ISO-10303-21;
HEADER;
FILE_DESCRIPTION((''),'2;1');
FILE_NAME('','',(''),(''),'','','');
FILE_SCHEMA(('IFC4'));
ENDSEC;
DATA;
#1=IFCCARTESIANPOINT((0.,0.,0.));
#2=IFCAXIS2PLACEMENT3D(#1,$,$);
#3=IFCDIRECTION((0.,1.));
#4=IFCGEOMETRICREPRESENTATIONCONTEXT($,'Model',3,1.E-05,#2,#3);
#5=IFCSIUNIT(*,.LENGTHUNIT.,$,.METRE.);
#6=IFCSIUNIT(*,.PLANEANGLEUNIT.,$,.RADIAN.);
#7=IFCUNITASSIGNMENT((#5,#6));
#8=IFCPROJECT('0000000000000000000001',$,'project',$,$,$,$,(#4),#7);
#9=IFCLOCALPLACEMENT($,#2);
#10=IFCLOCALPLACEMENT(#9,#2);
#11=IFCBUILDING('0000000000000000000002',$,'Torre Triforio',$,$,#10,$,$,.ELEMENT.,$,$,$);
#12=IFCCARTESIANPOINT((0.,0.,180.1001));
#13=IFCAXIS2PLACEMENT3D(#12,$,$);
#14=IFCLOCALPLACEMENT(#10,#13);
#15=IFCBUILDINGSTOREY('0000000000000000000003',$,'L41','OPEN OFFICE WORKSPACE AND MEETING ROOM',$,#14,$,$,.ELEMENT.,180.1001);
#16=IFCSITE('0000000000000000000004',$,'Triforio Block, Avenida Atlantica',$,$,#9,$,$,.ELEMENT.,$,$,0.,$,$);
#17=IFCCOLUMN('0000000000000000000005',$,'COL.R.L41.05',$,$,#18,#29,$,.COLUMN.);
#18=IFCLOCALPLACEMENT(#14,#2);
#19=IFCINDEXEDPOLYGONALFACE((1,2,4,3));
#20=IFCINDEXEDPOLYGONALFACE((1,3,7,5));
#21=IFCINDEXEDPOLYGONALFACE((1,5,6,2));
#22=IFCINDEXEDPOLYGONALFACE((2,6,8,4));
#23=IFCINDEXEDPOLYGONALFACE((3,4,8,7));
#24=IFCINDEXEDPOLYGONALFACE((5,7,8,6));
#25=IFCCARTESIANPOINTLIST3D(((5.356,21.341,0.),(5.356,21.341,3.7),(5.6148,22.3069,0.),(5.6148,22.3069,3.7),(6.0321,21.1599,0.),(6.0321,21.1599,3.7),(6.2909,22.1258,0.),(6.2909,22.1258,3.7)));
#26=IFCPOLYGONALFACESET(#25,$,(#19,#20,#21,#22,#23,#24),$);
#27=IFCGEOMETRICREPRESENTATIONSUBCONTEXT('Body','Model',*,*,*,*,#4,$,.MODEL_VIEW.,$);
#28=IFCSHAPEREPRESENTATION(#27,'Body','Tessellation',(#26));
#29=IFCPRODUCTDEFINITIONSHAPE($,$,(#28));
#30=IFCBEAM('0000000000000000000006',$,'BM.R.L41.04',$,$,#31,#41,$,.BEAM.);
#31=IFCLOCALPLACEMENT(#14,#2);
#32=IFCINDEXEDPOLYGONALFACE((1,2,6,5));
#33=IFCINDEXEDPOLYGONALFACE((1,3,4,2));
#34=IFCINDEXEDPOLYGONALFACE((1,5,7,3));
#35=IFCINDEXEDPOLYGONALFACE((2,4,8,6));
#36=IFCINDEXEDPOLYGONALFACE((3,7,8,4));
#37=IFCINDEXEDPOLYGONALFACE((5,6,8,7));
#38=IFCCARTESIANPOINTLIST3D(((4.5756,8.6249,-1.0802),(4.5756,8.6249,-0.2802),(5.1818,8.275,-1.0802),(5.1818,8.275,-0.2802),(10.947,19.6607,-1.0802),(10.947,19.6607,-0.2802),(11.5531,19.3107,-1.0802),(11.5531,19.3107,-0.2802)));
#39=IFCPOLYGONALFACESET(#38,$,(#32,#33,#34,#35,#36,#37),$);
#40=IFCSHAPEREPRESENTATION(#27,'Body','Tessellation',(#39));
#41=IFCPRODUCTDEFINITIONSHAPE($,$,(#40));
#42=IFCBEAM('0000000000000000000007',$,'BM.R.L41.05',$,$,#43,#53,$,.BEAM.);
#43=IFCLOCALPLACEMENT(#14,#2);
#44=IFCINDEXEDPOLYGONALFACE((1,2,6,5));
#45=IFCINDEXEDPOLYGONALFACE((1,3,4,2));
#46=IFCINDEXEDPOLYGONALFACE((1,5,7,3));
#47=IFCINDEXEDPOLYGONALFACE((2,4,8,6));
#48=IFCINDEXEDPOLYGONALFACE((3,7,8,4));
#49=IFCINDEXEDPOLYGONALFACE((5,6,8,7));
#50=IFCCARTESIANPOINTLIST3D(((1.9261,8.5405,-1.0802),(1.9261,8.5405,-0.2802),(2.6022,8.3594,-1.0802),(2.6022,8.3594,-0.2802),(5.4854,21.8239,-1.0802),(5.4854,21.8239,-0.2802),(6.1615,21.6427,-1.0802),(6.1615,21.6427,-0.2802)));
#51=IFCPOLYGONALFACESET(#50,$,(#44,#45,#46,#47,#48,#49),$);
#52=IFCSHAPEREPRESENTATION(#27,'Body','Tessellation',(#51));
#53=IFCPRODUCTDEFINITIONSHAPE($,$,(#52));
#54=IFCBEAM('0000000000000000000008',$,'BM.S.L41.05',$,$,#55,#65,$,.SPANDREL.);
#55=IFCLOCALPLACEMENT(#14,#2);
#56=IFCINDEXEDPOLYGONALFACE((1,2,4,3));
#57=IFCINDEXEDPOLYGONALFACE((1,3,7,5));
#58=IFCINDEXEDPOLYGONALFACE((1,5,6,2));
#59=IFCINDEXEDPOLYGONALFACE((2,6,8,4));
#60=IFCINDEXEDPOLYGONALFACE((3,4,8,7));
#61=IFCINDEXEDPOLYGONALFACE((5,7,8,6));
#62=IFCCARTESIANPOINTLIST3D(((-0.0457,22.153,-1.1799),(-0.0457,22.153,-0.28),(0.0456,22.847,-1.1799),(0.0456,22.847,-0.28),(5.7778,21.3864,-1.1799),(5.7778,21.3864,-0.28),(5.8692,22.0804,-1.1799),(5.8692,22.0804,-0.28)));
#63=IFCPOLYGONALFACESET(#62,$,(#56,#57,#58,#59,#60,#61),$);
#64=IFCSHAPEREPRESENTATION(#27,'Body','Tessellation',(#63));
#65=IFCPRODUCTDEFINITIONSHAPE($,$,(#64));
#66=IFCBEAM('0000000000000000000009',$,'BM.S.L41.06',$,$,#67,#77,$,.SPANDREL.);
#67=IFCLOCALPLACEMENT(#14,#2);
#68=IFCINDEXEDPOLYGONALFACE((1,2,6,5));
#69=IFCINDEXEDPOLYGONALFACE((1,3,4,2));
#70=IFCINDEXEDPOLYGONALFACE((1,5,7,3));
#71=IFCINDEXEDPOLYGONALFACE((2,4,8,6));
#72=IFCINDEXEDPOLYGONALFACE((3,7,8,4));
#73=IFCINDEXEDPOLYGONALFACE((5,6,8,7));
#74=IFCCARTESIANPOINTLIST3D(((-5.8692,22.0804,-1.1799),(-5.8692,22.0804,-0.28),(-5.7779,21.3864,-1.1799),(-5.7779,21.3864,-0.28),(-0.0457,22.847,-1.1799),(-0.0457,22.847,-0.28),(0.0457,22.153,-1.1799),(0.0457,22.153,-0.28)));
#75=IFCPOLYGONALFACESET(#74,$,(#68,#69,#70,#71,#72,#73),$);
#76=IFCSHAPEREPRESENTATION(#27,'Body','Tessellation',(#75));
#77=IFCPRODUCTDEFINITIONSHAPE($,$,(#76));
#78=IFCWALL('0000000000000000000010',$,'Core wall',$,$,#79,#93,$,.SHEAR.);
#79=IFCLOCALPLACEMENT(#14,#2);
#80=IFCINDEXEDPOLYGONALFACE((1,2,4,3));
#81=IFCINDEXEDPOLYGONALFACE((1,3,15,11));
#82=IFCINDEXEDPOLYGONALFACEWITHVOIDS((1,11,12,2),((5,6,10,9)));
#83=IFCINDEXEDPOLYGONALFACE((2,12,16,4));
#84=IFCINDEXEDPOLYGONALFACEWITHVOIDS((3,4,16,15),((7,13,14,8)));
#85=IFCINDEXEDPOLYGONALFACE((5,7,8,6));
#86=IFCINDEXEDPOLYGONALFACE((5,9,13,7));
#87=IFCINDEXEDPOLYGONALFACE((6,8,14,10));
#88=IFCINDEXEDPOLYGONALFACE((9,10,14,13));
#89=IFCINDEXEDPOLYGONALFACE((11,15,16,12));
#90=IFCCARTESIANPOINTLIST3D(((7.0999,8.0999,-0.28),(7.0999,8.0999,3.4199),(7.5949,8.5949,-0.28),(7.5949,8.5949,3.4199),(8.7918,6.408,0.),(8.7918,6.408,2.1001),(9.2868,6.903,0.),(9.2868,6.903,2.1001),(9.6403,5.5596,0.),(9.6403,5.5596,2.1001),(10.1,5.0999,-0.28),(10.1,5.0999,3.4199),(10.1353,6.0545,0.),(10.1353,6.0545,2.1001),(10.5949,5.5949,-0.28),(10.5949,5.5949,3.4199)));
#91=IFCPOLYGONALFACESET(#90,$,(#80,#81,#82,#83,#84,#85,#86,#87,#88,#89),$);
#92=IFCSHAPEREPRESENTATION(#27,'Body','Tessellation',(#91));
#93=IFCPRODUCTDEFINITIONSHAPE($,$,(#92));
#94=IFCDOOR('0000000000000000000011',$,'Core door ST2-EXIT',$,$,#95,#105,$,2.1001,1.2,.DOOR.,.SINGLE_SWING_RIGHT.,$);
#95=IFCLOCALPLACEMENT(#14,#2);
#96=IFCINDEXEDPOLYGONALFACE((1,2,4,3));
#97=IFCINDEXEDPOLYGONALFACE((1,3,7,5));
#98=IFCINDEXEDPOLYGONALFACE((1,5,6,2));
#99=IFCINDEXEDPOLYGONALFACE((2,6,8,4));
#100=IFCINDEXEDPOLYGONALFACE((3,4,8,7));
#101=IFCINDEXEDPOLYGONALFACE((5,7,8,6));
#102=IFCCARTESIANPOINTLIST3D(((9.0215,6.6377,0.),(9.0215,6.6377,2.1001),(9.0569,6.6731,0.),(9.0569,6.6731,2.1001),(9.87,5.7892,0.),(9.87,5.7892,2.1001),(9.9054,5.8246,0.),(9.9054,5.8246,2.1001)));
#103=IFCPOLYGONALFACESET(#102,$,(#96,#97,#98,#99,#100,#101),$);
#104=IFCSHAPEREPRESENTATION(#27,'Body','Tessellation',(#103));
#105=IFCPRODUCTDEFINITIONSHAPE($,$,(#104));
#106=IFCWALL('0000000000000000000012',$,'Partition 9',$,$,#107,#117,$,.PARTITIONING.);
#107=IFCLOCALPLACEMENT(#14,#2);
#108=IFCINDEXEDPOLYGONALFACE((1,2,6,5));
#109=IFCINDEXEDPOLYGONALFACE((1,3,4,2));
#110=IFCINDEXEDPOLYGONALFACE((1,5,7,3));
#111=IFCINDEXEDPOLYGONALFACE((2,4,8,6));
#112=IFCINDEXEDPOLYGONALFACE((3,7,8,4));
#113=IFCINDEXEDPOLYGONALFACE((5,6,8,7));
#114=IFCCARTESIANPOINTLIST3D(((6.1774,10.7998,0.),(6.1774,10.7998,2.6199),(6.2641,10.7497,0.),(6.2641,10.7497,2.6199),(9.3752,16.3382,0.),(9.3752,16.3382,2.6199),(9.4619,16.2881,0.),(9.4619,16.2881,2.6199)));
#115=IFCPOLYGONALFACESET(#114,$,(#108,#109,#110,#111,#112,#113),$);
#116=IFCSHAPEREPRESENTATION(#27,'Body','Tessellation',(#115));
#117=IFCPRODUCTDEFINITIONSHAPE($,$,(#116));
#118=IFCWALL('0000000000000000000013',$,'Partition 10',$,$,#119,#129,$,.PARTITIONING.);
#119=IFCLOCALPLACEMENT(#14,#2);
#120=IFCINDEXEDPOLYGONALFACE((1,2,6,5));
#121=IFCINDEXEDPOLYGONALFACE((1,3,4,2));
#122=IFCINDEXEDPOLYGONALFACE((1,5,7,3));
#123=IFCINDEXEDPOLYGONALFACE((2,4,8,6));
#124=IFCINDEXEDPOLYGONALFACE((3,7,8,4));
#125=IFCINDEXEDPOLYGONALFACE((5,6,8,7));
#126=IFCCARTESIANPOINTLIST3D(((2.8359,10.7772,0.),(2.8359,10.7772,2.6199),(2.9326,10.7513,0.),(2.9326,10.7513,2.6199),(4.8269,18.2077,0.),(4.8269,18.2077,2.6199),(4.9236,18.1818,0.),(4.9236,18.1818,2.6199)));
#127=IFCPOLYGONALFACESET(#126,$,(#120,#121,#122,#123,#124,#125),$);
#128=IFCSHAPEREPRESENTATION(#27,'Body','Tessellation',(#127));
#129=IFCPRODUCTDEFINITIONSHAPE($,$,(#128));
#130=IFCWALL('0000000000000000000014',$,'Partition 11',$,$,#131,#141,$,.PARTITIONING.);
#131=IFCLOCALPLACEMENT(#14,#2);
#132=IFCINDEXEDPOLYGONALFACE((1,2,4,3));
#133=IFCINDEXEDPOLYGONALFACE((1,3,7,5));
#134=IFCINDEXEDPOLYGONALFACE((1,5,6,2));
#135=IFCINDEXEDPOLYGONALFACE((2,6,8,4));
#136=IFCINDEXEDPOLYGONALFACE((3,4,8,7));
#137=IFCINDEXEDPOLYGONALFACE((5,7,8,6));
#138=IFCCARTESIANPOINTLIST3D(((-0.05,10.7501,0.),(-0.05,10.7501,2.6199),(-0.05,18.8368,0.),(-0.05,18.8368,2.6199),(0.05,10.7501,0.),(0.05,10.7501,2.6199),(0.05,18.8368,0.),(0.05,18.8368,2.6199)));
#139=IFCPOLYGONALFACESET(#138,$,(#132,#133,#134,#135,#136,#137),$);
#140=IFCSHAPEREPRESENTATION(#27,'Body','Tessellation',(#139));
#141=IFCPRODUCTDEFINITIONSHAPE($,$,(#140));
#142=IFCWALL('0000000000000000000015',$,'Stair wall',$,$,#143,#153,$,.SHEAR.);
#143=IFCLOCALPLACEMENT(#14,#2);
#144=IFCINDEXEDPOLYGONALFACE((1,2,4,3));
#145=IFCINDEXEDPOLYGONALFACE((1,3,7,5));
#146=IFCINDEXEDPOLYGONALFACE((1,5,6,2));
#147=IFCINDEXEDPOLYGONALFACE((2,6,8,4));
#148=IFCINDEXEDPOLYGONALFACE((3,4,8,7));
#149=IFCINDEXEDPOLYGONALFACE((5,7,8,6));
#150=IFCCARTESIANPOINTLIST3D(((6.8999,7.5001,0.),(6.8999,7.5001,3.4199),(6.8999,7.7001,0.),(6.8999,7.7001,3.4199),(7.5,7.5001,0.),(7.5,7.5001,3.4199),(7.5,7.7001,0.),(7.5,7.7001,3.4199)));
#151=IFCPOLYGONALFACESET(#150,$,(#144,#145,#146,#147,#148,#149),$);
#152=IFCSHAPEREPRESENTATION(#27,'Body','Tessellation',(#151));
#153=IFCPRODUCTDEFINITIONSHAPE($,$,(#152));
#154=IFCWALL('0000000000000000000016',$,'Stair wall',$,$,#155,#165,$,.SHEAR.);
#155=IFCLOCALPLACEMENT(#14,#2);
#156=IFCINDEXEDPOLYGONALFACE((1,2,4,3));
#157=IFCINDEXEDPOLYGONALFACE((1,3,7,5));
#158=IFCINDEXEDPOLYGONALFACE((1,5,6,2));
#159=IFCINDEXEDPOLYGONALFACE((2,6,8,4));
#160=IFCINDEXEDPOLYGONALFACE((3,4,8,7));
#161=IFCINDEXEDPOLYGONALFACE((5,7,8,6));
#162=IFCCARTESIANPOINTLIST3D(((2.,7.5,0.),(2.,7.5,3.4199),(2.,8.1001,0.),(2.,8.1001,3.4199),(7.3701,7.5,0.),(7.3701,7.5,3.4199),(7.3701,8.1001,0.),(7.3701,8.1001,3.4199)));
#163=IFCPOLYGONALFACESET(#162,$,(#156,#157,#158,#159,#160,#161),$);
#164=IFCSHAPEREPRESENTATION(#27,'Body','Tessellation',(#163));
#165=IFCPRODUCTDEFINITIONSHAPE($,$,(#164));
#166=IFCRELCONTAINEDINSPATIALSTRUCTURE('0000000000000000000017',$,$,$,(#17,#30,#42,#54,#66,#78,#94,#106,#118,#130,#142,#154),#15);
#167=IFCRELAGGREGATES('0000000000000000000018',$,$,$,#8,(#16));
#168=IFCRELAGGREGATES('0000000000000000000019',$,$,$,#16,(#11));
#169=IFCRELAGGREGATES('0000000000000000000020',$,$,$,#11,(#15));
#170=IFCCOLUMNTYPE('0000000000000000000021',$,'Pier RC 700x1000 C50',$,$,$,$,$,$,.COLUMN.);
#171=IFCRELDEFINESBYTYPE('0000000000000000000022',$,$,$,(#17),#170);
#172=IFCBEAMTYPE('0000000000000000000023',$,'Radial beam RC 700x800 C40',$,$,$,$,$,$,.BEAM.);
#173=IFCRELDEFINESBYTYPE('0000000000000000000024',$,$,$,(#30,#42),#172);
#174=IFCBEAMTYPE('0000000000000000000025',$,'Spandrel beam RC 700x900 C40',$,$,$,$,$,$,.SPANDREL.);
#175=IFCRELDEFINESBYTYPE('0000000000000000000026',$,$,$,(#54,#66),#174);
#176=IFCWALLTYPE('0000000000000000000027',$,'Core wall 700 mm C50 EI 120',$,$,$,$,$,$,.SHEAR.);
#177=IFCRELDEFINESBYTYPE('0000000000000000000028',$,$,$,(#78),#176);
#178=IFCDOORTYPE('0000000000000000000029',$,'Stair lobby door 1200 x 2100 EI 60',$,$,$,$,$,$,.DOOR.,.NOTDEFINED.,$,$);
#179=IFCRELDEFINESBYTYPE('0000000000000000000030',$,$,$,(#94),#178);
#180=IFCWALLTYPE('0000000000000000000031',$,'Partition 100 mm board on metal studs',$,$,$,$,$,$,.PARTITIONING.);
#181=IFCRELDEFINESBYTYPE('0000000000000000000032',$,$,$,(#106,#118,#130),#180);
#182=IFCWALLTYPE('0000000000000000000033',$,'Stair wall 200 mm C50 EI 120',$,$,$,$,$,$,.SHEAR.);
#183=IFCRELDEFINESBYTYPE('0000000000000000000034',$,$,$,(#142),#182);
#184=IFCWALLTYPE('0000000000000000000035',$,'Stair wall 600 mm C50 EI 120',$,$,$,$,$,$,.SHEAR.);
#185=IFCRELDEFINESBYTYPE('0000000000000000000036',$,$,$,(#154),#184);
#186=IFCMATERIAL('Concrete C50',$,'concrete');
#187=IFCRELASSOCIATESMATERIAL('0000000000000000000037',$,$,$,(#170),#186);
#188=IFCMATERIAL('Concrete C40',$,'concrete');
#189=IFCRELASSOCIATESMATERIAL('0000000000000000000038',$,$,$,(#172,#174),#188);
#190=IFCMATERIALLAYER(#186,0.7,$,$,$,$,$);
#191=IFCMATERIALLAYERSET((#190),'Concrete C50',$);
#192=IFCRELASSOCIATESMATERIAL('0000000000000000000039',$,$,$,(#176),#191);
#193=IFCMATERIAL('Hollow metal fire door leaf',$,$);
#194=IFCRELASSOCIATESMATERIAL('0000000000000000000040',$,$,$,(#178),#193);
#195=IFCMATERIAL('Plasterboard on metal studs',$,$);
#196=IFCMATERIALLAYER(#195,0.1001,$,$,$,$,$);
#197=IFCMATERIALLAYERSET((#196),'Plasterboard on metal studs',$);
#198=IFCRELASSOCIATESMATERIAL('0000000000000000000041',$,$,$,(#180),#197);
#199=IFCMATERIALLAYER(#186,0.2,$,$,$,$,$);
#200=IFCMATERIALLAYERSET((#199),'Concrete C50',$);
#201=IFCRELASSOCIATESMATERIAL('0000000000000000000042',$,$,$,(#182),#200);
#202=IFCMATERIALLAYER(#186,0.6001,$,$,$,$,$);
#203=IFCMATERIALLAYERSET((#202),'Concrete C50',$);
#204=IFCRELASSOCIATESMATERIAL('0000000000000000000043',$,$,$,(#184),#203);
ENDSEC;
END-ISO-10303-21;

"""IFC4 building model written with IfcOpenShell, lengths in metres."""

from ifc_helpers import new_model, si_unit, direction, frame, frame_2d, origin, origin_2d, place, context, subcontext, project, spatial, rectangle, extrude, material, layer, layer_set, material_profile, profile_set, type_object, element, fill, save


model = new_model("IFC4")

# Units and contexts
model_context = context("Model", 3, precision=1e-05, world=origin(), true_north=direction((0.0, 1.0)))
body_context = subcontext(model_context, "Body", "Model", "MODEL_VIEW")
ifc_project = project(units=[si_unit("LENGTHUNIT", "METRE"), si_unit("PLANEANGLEUNIT", "RADIAN")], contexts=[model_context])

# Site, building, storey
site_placement = place(None, origin())
site = spatial("IfcSite", under=ifc_project, at=site_placement, Name="Triforio Block, Avenida Atlantica", CompositionType="ELEMENT", RefElevation=0.0)
building_placement = place(site_placement, origin())
building = spatial("IfcBuilding", under=site, at=building_placement, Name="Torre Triforio", CompositionType="ELEMENT")
storey_placement = place(building_placement, frame((0.0, 0.0, 180.1001)))
storey = spatial("IfcBuildingStorey", under=building, at=storey_placement, Name="L41", Description="OPEN OFFICE WORKSPACE AND MEETING ROOM", CompositionType="ELEMENT", Elevation=180.1001)

# Column
ifc_material_1 = material(Name="Concrete C50", Category="concrete")
ifc_material_profile_1 = material_profile(ifc_material_1, rectangle(XDim=0.7, YDim=1.0, at=origin_2d()), Name="RC 700x1000")
ifc_profile_set_1 = profile_set([ifc_material_profile_1], Name="Concrete C50")
column_type = type_object("IfcColumnType", Name="Pier RC 700x1000 C50", PredefinedType="COLUMN", material=ifc_profile_set_1)
column_placement = place(storey_placement, frame((5.8235, 21.7334, 0.0), z_axis=(0.0, 0.0, 1.0), x_axis=(-0.965926, 0.258819, 0.0)))
element("IfcColumn", 1, at=column_placement, inside=storey, type_object=column_type, Name="COL.R.L41.05", PredefinedType="COLUMN", context=body_context, shape_type="SweptSolid", body=[
    extrude(rectangle(XDim=0.7, YDim=1.0, at=origin_2d()), origin(), (0.0, 0.0, 1.0), 3.7),
])

# Beams
ifc_material_2 = material(Name="Concrete C40", Category="concrete")
ifc_material_profile_2 = material_profile(ifc_material_2, rectangle(XDim=0.7, YDim=0.8, at=origin_2d()), Name="RC 700x800")
ifc_profile_set_2 = profile_set([ifc_material_profile_2], Name="Concrete C40")
beam_type_1 = type_object("IfcBeamType", Name="Radial beam RC 700x800 C40", PredefinedType="BEAM", material=ifc_profile_set_2)
beam_1_placement = place(storey_placement, frame((4.8787, 8.45, -0.6802), z_axis=(0.499994, 0.866029, 0.0), x_axis=(-0.866029, 0.499994, 0.0)))
element("IfcBeam", 2, at=beam_1_placement, inside=storey, type_object=beam_type_1, Name="BM.R.L41.04", PredefinedType="BEAM", context=body_context, shape_type="SweptSolid", body=[
    extrude(rectangle(XDim=0.7, YDim=0.8, at=origin_2d()), origin(), (0.0, 0.0, 1.0), 12.7429),
])
beam_2_placement = place(storey_placement, frame((2.2642, 8.45, -0.6802), z_axis=(0.258822, 0.965925, 0.0), x_axis=(-0.965925, 0.258822, 0.0)))
element("IfcBeam", 3, at=beam_2_placement, inside=storey, type_object=beam_type_1, Name="BM.R.L41.05", PredefinedType="BEAM", context=body_context, shape_type="SweptSolid", body=[
    extrude(rectangle(XDim=0.7, YDim=0.8, at=origin_2d()), origin(), (0.0, 0.0, 1.0), 13.752),
])
ifc_material_profile_3 = material_profile(ifc_material_2, rectangle(XDim=0.7, YDim=0.8999, at=origin_2d()), Name="RC 700x900")
ifc_profile_set_3 = profile_set([ifc_material_profile_3], Name="Concrete C40")
beam_type_2 = type_object("IfcBeamType", Name="Spandrel beam RC 700x900 C40", PredefinedType="SPANDREL", material=ifc_profile_set_3)
for number, where, z_axis, x_axis, name in (
    (4, (5.8235, 21.7334, -0.73), (-0.991447, 0.130514, 0.0), (-0.130514, -0.991447, 0.0), "BM.S.L41.05"),
    (5, (0.0, 22.5, -0.73), (-0.991447, -0.130514, 0.0), (0.130514, -0.991447, 0.0), "BM.S.L41.06"),
):
    element("IfcBeam", number, at=place(storey_placement, frame(where, z_axis=z_axis, x_axis=x_axis)), inside=storey, type_object=beam_type_2, Name=name, PredefinedType="SPANDREL", context=body_context, shape_type="SweptSolid", body=[
        extrude(rectangle(XDim=0.7, YDim=0.8999, at=origin_2d()), origin(), (0.0, 0.0, 1.0), 5.8738),
    ])

# Wall, opening, door
ifc_layer_1 = layer(ifc_material_1, 0.7)
ifc_layer_set_1 = layer_set([ifc_layer_1], Name="Concrete C50")
wall_type_1 = type_object("IfcWallType", Name="Core wall 700 mm C50 EI 120", PredefinedType="SHEAR", material=ifc_layer_set_1)
wall_1_placement = place(storey_placement, frame((7.3474, 8.3474, -0.28), z_axis=(0.0, 0.0, 1.0), x_axis=(0.707107, -0.707107, 0.0)))
wall_1 = element("IfcWall", 6, at=wall_1_placement, inside=storey, type_object=wall_type_1, Name="Core wall", PredefinedType="SHEAR", context=body_context, shape_type="SweptSolid", body=[
    extrude(rectangle(XDim=4.2427, YDim=0.7, at=frame_2d((2.1213, 0.0))), origin(), (0.0, 0.0, 1.0), 3.7),
])
opening_1_placement = place(wall_1_placement, frame((2.3926, 0.0, 0.28)))
opening_1 = element("IfcOpeningElement", 7, at=opening_1_placement, cuts=wall_1, PredefinedType="OPENING", context=body_context, shape_type="SweptSolid", body=[
    extrude(rectangle(XDim=1.2, YDim=2.1001, at=frame_2d((0.6001, 1.05))), frame((0.0, 0.3599, 0.0), z_axis=(0.0, -1.0, 0.0), x_axis=(1.0, 0.0, 0.0)), (0.0, 0.0, 1.0), 0.72),
])
ifc_material_3 = material(Name="Hollow metal fire door leaf")
door_type_1 = type_object("IfcDoorType", Name="Stair lobby door 1200 x 2100 EI 60", OperationType="NOTDEFINED", PredefinedType="DOOR", material=ifc_material_3)
door_1_placement = place(opening_1_placement, origin())
door_1 = element("IfcDoor", 8, at=door_1_placement, inside=storey, type_object=door_type_1, Name="Core door ST2-EXIT", OperationType="SINGLE_SWING_RIGHT", OverallHeight=2.1001, OverallWidth=1.2, PredefinedType="DOOR", context=body_context, shape_type="SweptSolid", body=[
    extrude(rectangle(XDim=1.2, YDim=2.1001, at=frame_2d((0.6001, 1.05))), frame((0.0, 0.0249, 0.0), z_axis=(0.0, -1.0, 0.0), x_axis=(1.0, 0.0, 0.0)), (0.0, 0.0, 1.0), 0.05),
])
fill(opening_1, door_1)

# Walls
ifc_material_4 = material(Name="Plasterboard on metal studs")
ifc_layer_2 = layer(ifc_material_4, 0.1001)
ifc_layer_set_2 = layer_set([ifc_layer_2], Name="Plasterboard on metal studs")
wall_type_2 = type_object("IfcWallType", Name="Partition 100 mm board on metal studs", PredefinedType="PARTITIONING", material=ifc_layer_set_2)
wall_2_placement = place(storey_placement, frame((6.2207, 10.7747, 0.0), z_axis=(0.0, 0.0, 1.0), x_axis=(0.500023, 0.866012, 0.0)))
element("IfcWall", 9, at=wall_2_placement, inside=storey, type_object=wall_type_2, Name="Partition 9", PredefinedType="PARTITIONING", context=body_context, shape_type="SweptSolid", body=[
    extrude(rectangle(XDim=6.3953, YDim=0.1001, at=frame_2d((3.1978, 0.0))), origin(), (0.0, 0.0, 1.0), 2.6199),
])
wall_3_placement = place(storey_placement, frame((2.8843, 10.7644, 0.0), z_axis=(0.0, 0.0, 1.0), x_axis=(0.258818, 0.965926, 0.0)))
element("IfcWall", 10, at=wall_3_placement, inside=storey, type_object=wall_type_2, Name="Partition 10", PredefinedType="PARTITIONING", context=body_context, shape_type="SweptSolid", body=[
    extrude(rectangle(XDim=7.6926, YDim=0.1001, at=frame_2d((3.8462, 0.0))), origin(), (0.0, 0.0, 1.0), 2.6199),
])
wall_4_placement = place(storey_placement, frame((0.0, 10.75, 0.0), z_axis=(0.0, 0.0, 1.0), x_axis=(0.0, 1.0, 0.0)))
element("IfcWall", 11, at=wall_4_placement, inside=storey, type_object=wall_type_2, Name="Partition 11", PredefinedType="PARTITIONING", context=body_context, shape_type="SweptSolid", body=[
    extrude(rectangle(XDim=8.0867, YDim=0.1001, at=frame_2d((4.0435, 0.0))), origin(), (0.0, 0.0, 1.0), 2.6199),
])
ifc_layer_3 = layer(ifc_material_1, 0.2)
ifc_layer_set_3 = layer_set([ifc_layer_3], Name="Concrete C50")
wall_type_3 = type_object("IfcWallType", Name="Stair wall 200 mm C50 EI 120", PredefinedType="SHEAR", material=ifc_layer_set_3)
wall_5_placement = place(storey_placement, frame((6.8999, 7.6001, 0.0), z_axis=(0.0, 0.0, 1.0), x_axis=(1.0, 0.0, 0.0)))
element("IfcWall", 12, at=wall_5_placement, inside=storey, type_object=wall_type_3, Name="Stair wall", PredefinedType="SHEAR", context=body_context, shape_type="SweptSolid", body=[
    extrude(rectangle(XDim=0.6001, YDim=0.2, at=frame_2d((0.3, 0.0))), origin(), (0.0, 0.0, 1.0), 3.4199),
])
ifc_layer_4 = layer(ifc_material_1, 0.6001)
ifc_layer_set_4 = layer_set([ifc_layer_4], Name="Concrete C50")
wall_type_4 = type_object("IfcWallType", Name="Stair wall 600 mm C50 EI 120", PredefinedType="SHEAR", material=ifc_layer_set_4)
wall_6_placement = place(storey_placement, frame((2.0, 7.8, 0.0), z_axis=(0.0, 0.0, 1.0), x_axis=(1.0, 0.0, 0.0)))
element("IfcWall", 13, at=wall_6_placement, inside=storey, type_object=wall_type_4, Name="Stair wall", PredefinedType="SHEAR", context=body_context, shape_type="SweptSolid", body=[
    extrude(rectangle(XDim=5.3701, YDim=0.6001, at=frame_2d((2.6851, 0.0))), origin(), (0.0, 0.0, 1.0), 3.4199),
])

save(model, "model.ifc")
